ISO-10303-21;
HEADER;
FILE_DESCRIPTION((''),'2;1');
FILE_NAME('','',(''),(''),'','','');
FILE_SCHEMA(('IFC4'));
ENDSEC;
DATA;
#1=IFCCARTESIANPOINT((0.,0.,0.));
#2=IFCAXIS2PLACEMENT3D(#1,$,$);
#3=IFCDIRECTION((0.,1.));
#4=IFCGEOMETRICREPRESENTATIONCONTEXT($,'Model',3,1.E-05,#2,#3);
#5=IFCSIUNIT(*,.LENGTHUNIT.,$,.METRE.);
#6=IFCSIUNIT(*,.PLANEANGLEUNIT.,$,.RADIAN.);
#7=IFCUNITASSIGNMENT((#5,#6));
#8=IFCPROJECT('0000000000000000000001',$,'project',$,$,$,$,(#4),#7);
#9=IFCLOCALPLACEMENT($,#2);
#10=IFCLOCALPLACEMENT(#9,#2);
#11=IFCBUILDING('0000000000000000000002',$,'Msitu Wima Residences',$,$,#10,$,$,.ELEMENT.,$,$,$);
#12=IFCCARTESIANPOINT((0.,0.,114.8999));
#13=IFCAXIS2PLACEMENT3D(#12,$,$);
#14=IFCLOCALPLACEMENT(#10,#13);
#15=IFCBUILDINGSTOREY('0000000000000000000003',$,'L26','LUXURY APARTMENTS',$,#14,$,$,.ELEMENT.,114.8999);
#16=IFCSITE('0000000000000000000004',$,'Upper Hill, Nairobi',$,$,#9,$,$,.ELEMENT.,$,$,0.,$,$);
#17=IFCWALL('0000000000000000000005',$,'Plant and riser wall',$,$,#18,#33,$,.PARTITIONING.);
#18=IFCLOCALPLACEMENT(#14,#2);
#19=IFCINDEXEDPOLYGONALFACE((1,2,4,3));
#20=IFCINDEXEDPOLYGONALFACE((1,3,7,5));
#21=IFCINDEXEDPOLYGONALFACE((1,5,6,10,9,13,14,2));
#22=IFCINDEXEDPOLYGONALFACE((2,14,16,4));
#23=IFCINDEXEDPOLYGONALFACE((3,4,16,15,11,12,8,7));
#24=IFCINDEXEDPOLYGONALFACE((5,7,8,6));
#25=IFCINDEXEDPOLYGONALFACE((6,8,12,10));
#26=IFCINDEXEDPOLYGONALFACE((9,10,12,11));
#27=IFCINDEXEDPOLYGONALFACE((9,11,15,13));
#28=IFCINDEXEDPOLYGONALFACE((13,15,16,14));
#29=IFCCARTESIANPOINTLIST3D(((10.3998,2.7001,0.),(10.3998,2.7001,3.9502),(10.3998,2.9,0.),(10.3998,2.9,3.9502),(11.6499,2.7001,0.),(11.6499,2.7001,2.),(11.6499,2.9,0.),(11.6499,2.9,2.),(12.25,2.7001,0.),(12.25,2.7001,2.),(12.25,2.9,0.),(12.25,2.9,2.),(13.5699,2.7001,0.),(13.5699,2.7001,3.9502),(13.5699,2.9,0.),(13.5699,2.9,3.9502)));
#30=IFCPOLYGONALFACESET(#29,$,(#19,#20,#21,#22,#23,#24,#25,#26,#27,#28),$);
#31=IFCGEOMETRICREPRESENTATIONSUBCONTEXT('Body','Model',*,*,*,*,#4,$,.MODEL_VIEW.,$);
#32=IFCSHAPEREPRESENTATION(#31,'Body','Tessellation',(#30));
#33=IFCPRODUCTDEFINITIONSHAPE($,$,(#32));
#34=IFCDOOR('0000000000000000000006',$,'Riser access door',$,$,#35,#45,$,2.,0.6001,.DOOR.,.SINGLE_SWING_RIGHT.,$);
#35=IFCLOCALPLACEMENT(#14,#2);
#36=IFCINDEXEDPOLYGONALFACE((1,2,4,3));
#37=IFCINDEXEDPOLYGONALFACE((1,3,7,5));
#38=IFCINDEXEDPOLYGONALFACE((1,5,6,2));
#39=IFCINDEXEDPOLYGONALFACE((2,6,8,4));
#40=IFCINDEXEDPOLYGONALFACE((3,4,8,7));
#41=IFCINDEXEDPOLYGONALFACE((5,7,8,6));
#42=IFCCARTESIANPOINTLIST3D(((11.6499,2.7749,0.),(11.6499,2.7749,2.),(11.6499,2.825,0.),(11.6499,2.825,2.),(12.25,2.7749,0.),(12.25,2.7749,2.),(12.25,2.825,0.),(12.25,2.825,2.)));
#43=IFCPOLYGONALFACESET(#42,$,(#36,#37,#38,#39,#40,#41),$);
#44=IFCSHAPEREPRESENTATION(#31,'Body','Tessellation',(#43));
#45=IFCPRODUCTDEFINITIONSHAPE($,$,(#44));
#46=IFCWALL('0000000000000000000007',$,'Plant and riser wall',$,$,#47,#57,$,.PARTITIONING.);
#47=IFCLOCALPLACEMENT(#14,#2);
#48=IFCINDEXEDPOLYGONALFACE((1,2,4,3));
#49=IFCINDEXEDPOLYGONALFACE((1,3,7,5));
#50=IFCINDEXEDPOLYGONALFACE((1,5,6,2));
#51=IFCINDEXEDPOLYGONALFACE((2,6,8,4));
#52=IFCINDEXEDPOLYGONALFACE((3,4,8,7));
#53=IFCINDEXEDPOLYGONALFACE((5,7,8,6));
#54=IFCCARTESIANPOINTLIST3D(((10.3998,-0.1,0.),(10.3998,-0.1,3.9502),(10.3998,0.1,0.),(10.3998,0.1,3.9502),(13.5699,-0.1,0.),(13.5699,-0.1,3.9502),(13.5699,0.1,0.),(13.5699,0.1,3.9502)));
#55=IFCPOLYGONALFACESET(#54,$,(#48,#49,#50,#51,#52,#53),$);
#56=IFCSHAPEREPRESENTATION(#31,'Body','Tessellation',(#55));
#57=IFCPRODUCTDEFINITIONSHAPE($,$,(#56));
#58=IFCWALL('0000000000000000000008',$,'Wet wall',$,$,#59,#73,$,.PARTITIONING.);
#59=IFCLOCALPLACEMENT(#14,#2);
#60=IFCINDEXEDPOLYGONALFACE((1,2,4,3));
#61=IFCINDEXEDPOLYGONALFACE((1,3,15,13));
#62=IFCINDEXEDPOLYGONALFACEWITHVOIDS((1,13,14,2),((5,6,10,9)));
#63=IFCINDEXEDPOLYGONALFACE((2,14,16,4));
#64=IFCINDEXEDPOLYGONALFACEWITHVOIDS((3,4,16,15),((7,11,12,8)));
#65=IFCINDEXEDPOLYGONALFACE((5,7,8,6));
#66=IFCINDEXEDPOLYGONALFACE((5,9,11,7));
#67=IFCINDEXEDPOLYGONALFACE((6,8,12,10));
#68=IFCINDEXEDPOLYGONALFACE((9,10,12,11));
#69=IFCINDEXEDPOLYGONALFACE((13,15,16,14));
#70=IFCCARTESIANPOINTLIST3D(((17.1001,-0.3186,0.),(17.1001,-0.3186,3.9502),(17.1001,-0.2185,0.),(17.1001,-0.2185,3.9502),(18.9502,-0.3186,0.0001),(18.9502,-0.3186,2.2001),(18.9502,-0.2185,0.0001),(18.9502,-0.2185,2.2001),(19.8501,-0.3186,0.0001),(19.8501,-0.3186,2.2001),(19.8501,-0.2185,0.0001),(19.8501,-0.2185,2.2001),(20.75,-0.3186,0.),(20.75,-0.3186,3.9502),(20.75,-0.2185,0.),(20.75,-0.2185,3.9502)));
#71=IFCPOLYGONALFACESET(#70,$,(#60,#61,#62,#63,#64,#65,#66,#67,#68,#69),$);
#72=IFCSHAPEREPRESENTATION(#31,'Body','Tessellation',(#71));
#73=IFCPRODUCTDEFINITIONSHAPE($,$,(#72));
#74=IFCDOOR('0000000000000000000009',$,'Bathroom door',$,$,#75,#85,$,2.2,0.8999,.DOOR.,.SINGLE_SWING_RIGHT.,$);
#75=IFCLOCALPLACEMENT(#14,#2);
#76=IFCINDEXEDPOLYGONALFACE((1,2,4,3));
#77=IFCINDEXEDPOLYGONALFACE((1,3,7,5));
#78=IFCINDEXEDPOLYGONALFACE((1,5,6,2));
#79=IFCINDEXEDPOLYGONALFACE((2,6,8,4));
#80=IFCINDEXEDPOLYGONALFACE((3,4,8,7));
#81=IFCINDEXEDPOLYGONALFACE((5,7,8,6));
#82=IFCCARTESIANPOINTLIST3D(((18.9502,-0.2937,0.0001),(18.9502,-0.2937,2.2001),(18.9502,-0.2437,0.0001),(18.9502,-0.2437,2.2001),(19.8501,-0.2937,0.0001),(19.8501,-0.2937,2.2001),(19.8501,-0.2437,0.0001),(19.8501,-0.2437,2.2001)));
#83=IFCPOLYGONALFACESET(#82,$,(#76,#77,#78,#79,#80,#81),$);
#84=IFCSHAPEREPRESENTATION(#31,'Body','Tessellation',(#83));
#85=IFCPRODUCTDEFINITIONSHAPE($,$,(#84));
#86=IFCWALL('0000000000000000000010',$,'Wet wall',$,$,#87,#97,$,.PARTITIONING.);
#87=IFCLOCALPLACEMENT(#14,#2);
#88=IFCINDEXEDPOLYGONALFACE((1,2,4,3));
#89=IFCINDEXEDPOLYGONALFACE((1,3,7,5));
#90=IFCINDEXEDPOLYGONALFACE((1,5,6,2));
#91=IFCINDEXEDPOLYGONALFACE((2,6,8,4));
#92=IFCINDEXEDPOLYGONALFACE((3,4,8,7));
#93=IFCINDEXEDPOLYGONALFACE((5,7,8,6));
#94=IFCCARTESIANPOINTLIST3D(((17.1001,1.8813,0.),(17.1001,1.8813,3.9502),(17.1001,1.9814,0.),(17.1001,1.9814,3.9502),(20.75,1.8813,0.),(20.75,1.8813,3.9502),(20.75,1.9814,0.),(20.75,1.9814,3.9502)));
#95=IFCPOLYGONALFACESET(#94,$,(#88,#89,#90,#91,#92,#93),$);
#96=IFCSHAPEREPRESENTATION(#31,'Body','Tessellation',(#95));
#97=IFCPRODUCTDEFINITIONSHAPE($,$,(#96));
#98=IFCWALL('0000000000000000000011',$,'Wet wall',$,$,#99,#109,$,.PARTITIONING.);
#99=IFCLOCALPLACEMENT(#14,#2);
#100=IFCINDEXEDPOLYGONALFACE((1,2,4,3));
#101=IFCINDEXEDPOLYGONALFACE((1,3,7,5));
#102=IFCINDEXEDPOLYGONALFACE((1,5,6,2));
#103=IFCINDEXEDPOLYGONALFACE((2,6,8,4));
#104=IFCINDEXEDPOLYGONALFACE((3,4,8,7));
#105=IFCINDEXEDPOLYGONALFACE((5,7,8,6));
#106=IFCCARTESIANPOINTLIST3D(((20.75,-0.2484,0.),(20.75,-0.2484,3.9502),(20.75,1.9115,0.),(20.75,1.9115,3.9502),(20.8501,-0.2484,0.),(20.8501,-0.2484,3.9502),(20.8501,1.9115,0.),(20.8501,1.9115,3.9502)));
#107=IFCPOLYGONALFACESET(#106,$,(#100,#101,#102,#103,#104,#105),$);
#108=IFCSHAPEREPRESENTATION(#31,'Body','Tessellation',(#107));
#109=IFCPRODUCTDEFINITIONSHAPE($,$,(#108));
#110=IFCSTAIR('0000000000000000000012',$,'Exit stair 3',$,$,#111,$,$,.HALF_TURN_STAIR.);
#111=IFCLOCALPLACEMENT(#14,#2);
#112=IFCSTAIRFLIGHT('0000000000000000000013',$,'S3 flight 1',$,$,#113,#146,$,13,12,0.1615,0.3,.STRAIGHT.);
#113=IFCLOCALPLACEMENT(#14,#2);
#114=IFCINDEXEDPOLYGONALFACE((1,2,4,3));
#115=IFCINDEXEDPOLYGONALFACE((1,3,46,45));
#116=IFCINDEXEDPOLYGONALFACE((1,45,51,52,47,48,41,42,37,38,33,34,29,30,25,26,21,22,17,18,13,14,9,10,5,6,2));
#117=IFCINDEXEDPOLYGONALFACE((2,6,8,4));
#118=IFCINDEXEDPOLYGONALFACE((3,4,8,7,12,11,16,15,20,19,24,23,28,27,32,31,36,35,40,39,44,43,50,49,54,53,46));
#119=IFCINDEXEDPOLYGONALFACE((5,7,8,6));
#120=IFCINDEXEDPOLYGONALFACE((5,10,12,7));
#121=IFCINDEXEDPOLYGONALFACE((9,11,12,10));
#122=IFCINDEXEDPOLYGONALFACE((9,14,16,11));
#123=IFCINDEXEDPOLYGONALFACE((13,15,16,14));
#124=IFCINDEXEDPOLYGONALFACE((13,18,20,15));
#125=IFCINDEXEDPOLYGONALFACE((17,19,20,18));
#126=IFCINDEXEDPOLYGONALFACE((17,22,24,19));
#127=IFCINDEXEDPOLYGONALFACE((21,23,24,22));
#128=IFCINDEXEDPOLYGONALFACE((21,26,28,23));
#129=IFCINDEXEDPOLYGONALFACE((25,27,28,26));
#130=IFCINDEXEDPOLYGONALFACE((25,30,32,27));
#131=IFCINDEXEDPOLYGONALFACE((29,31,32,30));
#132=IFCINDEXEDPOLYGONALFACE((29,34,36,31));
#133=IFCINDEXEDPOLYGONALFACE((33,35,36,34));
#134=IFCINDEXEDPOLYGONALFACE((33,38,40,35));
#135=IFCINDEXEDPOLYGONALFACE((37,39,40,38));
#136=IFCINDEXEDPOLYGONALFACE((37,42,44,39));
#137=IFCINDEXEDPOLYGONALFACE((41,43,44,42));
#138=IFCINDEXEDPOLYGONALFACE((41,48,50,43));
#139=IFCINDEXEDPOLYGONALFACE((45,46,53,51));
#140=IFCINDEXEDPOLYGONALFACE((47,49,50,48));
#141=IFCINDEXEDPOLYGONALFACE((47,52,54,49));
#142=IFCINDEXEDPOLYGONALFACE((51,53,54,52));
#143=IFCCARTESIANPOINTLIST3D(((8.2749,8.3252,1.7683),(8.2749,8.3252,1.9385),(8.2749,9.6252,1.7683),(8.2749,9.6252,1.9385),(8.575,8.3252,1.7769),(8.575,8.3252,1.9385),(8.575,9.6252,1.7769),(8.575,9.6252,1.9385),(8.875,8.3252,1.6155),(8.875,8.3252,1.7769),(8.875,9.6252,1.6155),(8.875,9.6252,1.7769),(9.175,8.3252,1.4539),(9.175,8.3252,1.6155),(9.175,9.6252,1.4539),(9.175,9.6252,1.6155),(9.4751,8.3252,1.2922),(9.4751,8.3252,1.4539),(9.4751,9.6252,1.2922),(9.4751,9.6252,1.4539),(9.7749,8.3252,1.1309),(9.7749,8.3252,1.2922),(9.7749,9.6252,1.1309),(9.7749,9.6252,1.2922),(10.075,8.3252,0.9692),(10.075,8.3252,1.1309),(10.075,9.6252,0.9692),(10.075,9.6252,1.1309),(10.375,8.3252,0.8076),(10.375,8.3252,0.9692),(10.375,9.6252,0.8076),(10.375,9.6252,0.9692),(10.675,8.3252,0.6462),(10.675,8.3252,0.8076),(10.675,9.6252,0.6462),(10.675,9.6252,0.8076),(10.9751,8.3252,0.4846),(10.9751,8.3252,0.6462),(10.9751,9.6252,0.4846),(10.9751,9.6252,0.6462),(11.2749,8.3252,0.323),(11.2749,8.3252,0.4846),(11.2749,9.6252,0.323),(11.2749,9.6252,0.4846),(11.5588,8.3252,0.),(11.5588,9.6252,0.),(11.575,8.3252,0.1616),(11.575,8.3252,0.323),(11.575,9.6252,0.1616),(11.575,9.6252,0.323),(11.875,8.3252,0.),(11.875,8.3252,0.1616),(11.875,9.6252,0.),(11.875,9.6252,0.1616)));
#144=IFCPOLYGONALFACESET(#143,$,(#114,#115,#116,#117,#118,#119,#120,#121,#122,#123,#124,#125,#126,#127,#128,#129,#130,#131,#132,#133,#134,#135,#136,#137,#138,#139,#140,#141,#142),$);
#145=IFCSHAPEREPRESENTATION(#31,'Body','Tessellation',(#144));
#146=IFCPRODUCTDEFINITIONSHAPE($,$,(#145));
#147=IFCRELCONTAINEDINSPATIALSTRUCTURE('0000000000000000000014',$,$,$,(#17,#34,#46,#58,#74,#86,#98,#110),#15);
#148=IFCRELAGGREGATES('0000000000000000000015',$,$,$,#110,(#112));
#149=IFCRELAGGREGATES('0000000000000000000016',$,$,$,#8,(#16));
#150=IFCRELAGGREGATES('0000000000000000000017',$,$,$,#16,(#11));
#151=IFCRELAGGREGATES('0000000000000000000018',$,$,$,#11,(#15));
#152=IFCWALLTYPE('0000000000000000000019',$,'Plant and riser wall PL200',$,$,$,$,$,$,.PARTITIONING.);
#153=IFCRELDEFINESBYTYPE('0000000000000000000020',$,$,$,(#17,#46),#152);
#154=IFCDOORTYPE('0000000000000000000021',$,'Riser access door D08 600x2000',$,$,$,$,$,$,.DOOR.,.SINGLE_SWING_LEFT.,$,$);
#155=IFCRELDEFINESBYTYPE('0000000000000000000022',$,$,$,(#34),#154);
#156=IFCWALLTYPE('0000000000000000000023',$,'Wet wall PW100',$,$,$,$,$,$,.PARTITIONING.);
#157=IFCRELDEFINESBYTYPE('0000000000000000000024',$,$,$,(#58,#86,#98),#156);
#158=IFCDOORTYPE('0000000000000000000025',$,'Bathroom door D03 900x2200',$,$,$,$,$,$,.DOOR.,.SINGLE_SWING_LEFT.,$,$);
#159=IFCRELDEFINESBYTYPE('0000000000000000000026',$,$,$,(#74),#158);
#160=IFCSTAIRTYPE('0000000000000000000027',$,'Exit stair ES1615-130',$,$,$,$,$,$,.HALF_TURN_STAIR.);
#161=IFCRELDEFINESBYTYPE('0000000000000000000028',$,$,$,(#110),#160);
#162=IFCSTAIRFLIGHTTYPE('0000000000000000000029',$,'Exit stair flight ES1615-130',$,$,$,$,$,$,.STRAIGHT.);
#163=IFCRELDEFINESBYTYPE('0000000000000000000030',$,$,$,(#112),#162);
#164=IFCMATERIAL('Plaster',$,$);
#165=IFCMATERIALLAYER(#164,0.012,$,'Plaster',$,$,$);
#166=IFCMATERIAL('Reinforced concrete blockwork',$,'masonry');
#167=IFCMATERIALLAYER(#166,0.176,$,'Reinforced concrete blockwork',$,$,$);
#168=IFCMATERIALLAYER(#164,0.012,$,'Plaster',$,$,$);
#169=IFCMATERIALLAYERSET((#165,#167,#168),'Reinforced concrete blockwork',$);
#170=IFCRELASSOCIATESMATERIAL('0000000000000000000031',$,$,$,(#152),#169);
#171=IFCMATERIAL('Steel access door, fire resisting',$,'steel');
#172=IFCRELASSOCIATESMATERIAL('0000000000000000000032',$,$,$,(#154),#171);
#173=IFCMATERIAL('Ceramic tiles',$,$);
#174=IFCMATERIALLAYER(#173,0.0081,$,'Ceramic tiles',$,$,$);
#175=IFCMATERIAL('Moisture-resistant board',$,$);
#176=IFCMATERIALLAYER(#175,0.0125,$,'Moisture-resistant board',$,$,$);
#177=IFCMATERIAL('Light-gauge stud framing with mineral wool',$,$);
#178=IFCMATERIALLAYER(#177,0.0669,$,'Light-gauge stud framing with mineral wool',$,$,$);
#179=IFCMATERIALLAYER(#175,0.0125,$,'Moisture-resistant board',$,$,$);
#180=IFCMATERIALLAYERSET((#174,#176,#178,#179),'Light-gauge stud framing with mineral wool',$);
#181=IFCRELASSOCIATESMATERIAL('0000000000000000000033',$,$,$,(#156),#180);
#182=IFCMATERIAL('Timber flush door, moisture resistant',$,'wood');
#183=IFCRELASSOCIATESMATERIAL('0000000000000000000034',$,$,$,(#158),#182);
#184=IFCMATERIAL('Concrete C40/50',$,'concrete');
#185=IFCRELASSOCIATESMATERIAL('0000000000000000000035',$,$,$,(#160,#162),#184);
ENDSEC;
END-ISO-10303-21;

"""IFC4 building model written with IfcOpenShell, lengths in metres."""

from ifc_helpers import new_model, si_unit, direction, frame, frame_2d, origin, place, context, subcontext, project, spatial, polyline, rectangle, outline, extrude, material, layer, layer_set, type_object, element, fill, aggregate, save


model = new_model("IFC4")

# Units and contexts
model_context = context("Model", 3, precision=1e-05, world=origin(), true_north=direction((0.0, 1.0)))
body_context = subcontext(model_context, "Body", "Model", "MODEL_VIEW")
ifc_project = project(units=[si_unit("LENGTHUNIT", "METRE"), si_unit("PLANEANGLEUNIT", "RADIAN")], contexts=[model_context])

# Site, building, storey
site_placement = place(None, origin())
site = spatial("IfcSite", under=ifc_project, at=site_placement, Name="Upper Hill, Nairobi", CompositionType="ELEMENT", RefElevation=0.0)
building_placement = place(site_placement, origin())
building = spatial("IfcBuilding", under=site, at=building_placement, Name="Msitu Wima Residences", CompositionType="ELEMENT")
storey_placement = place(building_placement, frame((0.0, 0.0, 114.8999)))
storey = spatial("IfcBuildingStorey", under=building, at=storey_placement, Name="L26", Description="LUXURY APARTMENTS", CompositionType="ELEMENT", Elevation=114.8999)

# Shared definitions
ifc_material_1 = material(Name="Concrete C40/50", Category="concrete")

# Shared definitions
ifc_material_2 = material(Name="Plaster")

# Wall, opening, door
ifc_layer_1 = layer(ifc_material_2, 0.012, Name="Plaster")
ifc_material_3 = material(Name="Reinforced concrete blockwork", Category="masonry")
ifc_layer_2 = layer(ifc_material_3, 0.176, Name="Reinforced concrete blockwork")
ifc_layer_3 = layer(ifc_material_2, 0.012, Name="Plaster")
ifc_layer_set_1 = layer_set([ifc_layer_1, ifc_layer_2, ifc_layer_3], Name="Reinforced concrete blockwork")
wall_type_1 = type_object("IfcWallType", Name="Plant and riser wall PL200", PredefinedType="PARTITIONING", material=ifc_layer_set_1)
wall_1_placement = place(storey_placement, frame((10.3999, 2.8, 0.0), z_axis=(0.0, 0.0, 1.0), x_axis=(1.0, 0.0, 0.0)))
wall_1 = element("IfcWall", 1, at=wall_1_placement, inside=storey, type_object=wall_type_1, Name="Plant and riser wall", PredefinedType="PARTITIONING", context=body_context, shape_type="SweptSolid", body=[
    extrude(rectangle(XDim=3.1702, YDim=0.2, at=frame_2d((1.585, 0.0))), origin(), (0.0, 0.0, 1.0), 3.9502),
])
opening_1_placement = place(wall_1_placement, frame((1.25, 0.0, 0.0)))
opening_1 = element("IfcOpeningElement", 2, at=opening_1_placement, cuts=wall_1, PredefinedType="OPENING", context=body_context, shape_type="SweptSolid", body=[
    extrude(rectangle(XDim=0.6001, YDim=2.0, at=frame_2d((0.3, 1.0))), frame((0.0, 0.1099, 0.0), z_axis=(0.0, -1.0, 0.0), x_axis=(1.0, 0.0, 0.0)), (0.0, 0.0, 1.0), 0.22),
])
ifc_material_4 = material(Name="Steel access door, fire resisting", Category="steel")
door_type_1 = type_object("IfcDoorType", Name="Riser access door D08 600x2000", OperationType="SINGLE_SWING_LEFT", PredefinedType="DOOR", material=ifc_material_4)
door_1_placement = place(opening_1_placement, origin())
door_1 = element("IfcDoor", 3, at=door_1_placement, inside=storey, type_object=door_type_1, Name="Riser access door", OperationType="SINGLE_SWING_RIGHT", OverallHeight=2.0, OverallWidth=0.6001, PredefinedType="DOOR", context=body_context, shape_type="SweptSolid", body=[
    extrude(rectangle(XDim=0.6001, YDim=2.0, at=frame_2d((0.3, 1.0))), frame((0.0, 0.0249, 0.0), z_axis=(0.0, -1.0, 0.0), x_axis=(1.0, 0.0, 0.0)), (0.0, 0.0, 1.0), 0.05),
])
fill(opening_1, door_1)

# Wall
wall_2_placement = place(storey_placement, frame((10.3999, 0.0, 0.0), z_axis=(0.0, 0.0, 1.0), x_axis=(1.0, 0.0, 0.0)))
element("IfcWall", 4, at=wall_2_placement, inside=storey, type_object=wall_type_1, Name="Plant and riser wall", PredefinedType="PARTITIONING", context=body_context, shape_type="SweptSolid", body=[
    extrude(rectangle(XDim=3.1702, YDim=0.2, at=frame_2d((1.585, 0.0))), origin(), (0.0, 0.0, 1.0), 3.9502),
])

# Wall, opening, door
ifc_material_5 = material(Name="Ceramic tiles")
ifc_layer_4 = layer(ifc_material_5, 0.0081, Name="Ceramic tiles")
ifc_material_6 = material(Name="Moisture-resistant board")
ifc_layer_5 = layer(ifc_material_6, 0.0125, Name="Moisture-resistant board")
ifc_material_7 = material(Name="Light-gauge stud framing with mineral wool")
ifc_layer_6 = layer(ifc_material_7, 0.0669, Name="Light-gauge stud framing with mineral wool")
ifc_layer_7 = layer(ifc_material_6, 0.0125, Name="Moisture-resistant board")
ifc_layer_set_2 = layer_set([ifc_layer_4, ifc_layer_5, ifc_layer_6, ifc_layer_7], Name="Light-gauge stud framing with mineral wool")
wall_type_2 = type_object("IfcWallType", Name="Wet wall PW100", PredefinedType="PARTITIONING", material=ifc_layer_set_2)
wall_3_placement = place(storey_placement, frame((17.1001, -0.2686, 0.0), z_axis=(0.0, 0.0, 1.0), x_axis=(1.0, 0.0, 0.0)))
wall_3 = element("IfcWall", 5, at=wall_3_placement, inside=storey, type_object=wall_type_2, Name="Wet wall", PredefinedType="PARTITIONING", context=body_context, shape_type="SweptSolid", body=[
    extrude(rectangle(XDim=3.6499, YDim=0.1001, at=frame_2d((1.825, 0.0))), origin(), (0.0, 0.0, 1.0), 3.9502),
])
opening_2_placement = place(wall_3_placement, frame((1.8501, 0.0, 0.0)))
opening_2 = element("IfcOpeningElement", 6, at=opening_2_placement, cuts=wall_3, PredefinedType="OPENING", context=body_context, shape_type="SweptSolid", body=[
    extrude(rectangle(XDim=0.8999, YDim=2.2, at=frame_2d((0.45, 1.1001))), frame((0.0, 0.0601, 0.0), z_axis=(0.0, -1.0, 0.0), x_axis=(1.0, 0.0, 0.0)), (0.0, 0.0, 1.0), 0.1201),
])
ifc_material_8 = material(Name="Timber flush door, moisture resistant", Category="wood")
door_type_2 = type_object("IfcDoorType", Name="Bathroom door D03 900x2200", OperationType="SINGLE_SWING_LEFT", PredefinedType="DOOR", material=ifc_material_8)
door_2_placement = place(opening_2_placement, origin())
door_2 = element("IfcDoor", 7, at=door_2_placement, inside=storey, type_object=door_type_2, Name="Bathroom door", OperationType="SINGLE_SWING_RIGHT", OverallHeight=2.2, OverallWidth=0.8999, PredefinedType="DOOR", context=body_context, shape_type="SweptSolid", body=[
    extrude(rectangle(XDim=0.8999, YDim=2.2, at=frame_2d((0.45, 1.1001))), frame((0.0, 0.0249, 0.0), z_axis=(0.0, -1.0, 0.0), x_axis=(1.0, 0.0, 0.0)), (0.0, 0.0, 1.0), 0.05),
])
fill(opening_2, door_2)

# Walls
wall_4_placement = place(storey_placement, frame((17.1001, 1.9314, 0.0), z_axis=(0.0, 0.0, 1.0), x_axis=(1.0, 0.0, 0.0)))
element("IfcWall", 8, at=wall_4_placement, inside=storey, type_object=wall_type_2, Name="Wet wall", PredefinedType="PARTITIONING", context=body_context, shape_type="SweptSolid", body=[
    extrude(rectangle(XDim=3.6499, YDim=0.1001, at=frame_2d((1.825, 0.0))), origin(), (0.0, 0.0, 1.0), 3.9502),
])
wall_5_placement = place(storey_placement, frame((20.8, -0.2485, 0.0), z_axis=(0.0, 0.0, 1.0), x_axis=(0.0, 1.0, 0.0)))
element("IfcWall", 9, at=wall_5_placement, inside=storey, type_object=wall_type_2, Name="Wet wall", PredefinedType="PARTITIONING", context=body_context, shape_type="SweptSolid", body=[
    extrude(rectangle(XDim=2.1599, YDim=0.1001, at=frame_2d((1.0801, 0.0))), origin(), (0.0, 0.0, 1.0), 3.9502),
])

# Stair, stair flight
stair_type = type_object("IfcStairType", Name="Exit stair ES1615-130", PredefinedType="HALF_TURN_STAIR", material=ifc_material_1)
stair_placement = place(storey_placement, origin())
stair = element("IfcStair", 10, at=stair_placement, inside=storey, type_object=stair_type, Name="Exit stair 3", PredefinedType="HALF_TURN_STAIR")
stair_flight_type = type_object("IfcStairFlightType", Name="Exit stair flight ES1615-130", PredefinedType="STRAIGHT", material=ifc_material_1)
stair_flight_placement = place(storey_placement, frame((11.875, 8.9751, 0.0), z_axis=(0.0, 0.0, 1.0), x_axis=(-1.0, 0.0, 0.0)))
stair_flight = element("IfcStairFlight", 11, at=stair_flight_placement, type_object=stair_flight_type, Name="S3 flight 1", NumberOfRisers=13, NumberOfTreads=12, PredefinedType="STRAIGHT", RiserHeight=0.1615, TreadLength=0.3, context=body_context, shape_type="SweptSolid", body=[
    extrude(outline(polyline([(0.0, 0.0), (0.0, 0.1616), (0.3, 0.1616), (0.3, 0.323), (0.6001, 0.323), (0.6001, 0.4846), (0.8999, 0.4846), (0.8999, 0.6462), (1.2, 0.6462), (1.2, 0.8076), (1.5, 0.8076), (1.5, 0.9692), (1.8, 0.9692), (1.8, 1.1309), (2.1001, 1.1309), (2.1001, 1.2922), (2.3999, 1.2922), (2.3999, 1.4539), (2.7, 1.4539), (2.7, 1.6155), (3.0, 1.6155), (3.0, 1.7769), (3.3, 1.7769), (3.3, 1.9385), (3.6001, 1.9385), (3.6001, 2.1001), (3.6001, 1.7683), (0.3162, 0.0), (0.0, 0.0)])), frame((0.0, 0.6499, 0.0), z_axis=(0.0, -1.0, 0.0), x_axis=(1.0, 0.0, 0.0)), (0.0, 0.0, 1.0), 1.3),
])
aggregate(stair, [stair_flight])

save(model, "model.ifc")
